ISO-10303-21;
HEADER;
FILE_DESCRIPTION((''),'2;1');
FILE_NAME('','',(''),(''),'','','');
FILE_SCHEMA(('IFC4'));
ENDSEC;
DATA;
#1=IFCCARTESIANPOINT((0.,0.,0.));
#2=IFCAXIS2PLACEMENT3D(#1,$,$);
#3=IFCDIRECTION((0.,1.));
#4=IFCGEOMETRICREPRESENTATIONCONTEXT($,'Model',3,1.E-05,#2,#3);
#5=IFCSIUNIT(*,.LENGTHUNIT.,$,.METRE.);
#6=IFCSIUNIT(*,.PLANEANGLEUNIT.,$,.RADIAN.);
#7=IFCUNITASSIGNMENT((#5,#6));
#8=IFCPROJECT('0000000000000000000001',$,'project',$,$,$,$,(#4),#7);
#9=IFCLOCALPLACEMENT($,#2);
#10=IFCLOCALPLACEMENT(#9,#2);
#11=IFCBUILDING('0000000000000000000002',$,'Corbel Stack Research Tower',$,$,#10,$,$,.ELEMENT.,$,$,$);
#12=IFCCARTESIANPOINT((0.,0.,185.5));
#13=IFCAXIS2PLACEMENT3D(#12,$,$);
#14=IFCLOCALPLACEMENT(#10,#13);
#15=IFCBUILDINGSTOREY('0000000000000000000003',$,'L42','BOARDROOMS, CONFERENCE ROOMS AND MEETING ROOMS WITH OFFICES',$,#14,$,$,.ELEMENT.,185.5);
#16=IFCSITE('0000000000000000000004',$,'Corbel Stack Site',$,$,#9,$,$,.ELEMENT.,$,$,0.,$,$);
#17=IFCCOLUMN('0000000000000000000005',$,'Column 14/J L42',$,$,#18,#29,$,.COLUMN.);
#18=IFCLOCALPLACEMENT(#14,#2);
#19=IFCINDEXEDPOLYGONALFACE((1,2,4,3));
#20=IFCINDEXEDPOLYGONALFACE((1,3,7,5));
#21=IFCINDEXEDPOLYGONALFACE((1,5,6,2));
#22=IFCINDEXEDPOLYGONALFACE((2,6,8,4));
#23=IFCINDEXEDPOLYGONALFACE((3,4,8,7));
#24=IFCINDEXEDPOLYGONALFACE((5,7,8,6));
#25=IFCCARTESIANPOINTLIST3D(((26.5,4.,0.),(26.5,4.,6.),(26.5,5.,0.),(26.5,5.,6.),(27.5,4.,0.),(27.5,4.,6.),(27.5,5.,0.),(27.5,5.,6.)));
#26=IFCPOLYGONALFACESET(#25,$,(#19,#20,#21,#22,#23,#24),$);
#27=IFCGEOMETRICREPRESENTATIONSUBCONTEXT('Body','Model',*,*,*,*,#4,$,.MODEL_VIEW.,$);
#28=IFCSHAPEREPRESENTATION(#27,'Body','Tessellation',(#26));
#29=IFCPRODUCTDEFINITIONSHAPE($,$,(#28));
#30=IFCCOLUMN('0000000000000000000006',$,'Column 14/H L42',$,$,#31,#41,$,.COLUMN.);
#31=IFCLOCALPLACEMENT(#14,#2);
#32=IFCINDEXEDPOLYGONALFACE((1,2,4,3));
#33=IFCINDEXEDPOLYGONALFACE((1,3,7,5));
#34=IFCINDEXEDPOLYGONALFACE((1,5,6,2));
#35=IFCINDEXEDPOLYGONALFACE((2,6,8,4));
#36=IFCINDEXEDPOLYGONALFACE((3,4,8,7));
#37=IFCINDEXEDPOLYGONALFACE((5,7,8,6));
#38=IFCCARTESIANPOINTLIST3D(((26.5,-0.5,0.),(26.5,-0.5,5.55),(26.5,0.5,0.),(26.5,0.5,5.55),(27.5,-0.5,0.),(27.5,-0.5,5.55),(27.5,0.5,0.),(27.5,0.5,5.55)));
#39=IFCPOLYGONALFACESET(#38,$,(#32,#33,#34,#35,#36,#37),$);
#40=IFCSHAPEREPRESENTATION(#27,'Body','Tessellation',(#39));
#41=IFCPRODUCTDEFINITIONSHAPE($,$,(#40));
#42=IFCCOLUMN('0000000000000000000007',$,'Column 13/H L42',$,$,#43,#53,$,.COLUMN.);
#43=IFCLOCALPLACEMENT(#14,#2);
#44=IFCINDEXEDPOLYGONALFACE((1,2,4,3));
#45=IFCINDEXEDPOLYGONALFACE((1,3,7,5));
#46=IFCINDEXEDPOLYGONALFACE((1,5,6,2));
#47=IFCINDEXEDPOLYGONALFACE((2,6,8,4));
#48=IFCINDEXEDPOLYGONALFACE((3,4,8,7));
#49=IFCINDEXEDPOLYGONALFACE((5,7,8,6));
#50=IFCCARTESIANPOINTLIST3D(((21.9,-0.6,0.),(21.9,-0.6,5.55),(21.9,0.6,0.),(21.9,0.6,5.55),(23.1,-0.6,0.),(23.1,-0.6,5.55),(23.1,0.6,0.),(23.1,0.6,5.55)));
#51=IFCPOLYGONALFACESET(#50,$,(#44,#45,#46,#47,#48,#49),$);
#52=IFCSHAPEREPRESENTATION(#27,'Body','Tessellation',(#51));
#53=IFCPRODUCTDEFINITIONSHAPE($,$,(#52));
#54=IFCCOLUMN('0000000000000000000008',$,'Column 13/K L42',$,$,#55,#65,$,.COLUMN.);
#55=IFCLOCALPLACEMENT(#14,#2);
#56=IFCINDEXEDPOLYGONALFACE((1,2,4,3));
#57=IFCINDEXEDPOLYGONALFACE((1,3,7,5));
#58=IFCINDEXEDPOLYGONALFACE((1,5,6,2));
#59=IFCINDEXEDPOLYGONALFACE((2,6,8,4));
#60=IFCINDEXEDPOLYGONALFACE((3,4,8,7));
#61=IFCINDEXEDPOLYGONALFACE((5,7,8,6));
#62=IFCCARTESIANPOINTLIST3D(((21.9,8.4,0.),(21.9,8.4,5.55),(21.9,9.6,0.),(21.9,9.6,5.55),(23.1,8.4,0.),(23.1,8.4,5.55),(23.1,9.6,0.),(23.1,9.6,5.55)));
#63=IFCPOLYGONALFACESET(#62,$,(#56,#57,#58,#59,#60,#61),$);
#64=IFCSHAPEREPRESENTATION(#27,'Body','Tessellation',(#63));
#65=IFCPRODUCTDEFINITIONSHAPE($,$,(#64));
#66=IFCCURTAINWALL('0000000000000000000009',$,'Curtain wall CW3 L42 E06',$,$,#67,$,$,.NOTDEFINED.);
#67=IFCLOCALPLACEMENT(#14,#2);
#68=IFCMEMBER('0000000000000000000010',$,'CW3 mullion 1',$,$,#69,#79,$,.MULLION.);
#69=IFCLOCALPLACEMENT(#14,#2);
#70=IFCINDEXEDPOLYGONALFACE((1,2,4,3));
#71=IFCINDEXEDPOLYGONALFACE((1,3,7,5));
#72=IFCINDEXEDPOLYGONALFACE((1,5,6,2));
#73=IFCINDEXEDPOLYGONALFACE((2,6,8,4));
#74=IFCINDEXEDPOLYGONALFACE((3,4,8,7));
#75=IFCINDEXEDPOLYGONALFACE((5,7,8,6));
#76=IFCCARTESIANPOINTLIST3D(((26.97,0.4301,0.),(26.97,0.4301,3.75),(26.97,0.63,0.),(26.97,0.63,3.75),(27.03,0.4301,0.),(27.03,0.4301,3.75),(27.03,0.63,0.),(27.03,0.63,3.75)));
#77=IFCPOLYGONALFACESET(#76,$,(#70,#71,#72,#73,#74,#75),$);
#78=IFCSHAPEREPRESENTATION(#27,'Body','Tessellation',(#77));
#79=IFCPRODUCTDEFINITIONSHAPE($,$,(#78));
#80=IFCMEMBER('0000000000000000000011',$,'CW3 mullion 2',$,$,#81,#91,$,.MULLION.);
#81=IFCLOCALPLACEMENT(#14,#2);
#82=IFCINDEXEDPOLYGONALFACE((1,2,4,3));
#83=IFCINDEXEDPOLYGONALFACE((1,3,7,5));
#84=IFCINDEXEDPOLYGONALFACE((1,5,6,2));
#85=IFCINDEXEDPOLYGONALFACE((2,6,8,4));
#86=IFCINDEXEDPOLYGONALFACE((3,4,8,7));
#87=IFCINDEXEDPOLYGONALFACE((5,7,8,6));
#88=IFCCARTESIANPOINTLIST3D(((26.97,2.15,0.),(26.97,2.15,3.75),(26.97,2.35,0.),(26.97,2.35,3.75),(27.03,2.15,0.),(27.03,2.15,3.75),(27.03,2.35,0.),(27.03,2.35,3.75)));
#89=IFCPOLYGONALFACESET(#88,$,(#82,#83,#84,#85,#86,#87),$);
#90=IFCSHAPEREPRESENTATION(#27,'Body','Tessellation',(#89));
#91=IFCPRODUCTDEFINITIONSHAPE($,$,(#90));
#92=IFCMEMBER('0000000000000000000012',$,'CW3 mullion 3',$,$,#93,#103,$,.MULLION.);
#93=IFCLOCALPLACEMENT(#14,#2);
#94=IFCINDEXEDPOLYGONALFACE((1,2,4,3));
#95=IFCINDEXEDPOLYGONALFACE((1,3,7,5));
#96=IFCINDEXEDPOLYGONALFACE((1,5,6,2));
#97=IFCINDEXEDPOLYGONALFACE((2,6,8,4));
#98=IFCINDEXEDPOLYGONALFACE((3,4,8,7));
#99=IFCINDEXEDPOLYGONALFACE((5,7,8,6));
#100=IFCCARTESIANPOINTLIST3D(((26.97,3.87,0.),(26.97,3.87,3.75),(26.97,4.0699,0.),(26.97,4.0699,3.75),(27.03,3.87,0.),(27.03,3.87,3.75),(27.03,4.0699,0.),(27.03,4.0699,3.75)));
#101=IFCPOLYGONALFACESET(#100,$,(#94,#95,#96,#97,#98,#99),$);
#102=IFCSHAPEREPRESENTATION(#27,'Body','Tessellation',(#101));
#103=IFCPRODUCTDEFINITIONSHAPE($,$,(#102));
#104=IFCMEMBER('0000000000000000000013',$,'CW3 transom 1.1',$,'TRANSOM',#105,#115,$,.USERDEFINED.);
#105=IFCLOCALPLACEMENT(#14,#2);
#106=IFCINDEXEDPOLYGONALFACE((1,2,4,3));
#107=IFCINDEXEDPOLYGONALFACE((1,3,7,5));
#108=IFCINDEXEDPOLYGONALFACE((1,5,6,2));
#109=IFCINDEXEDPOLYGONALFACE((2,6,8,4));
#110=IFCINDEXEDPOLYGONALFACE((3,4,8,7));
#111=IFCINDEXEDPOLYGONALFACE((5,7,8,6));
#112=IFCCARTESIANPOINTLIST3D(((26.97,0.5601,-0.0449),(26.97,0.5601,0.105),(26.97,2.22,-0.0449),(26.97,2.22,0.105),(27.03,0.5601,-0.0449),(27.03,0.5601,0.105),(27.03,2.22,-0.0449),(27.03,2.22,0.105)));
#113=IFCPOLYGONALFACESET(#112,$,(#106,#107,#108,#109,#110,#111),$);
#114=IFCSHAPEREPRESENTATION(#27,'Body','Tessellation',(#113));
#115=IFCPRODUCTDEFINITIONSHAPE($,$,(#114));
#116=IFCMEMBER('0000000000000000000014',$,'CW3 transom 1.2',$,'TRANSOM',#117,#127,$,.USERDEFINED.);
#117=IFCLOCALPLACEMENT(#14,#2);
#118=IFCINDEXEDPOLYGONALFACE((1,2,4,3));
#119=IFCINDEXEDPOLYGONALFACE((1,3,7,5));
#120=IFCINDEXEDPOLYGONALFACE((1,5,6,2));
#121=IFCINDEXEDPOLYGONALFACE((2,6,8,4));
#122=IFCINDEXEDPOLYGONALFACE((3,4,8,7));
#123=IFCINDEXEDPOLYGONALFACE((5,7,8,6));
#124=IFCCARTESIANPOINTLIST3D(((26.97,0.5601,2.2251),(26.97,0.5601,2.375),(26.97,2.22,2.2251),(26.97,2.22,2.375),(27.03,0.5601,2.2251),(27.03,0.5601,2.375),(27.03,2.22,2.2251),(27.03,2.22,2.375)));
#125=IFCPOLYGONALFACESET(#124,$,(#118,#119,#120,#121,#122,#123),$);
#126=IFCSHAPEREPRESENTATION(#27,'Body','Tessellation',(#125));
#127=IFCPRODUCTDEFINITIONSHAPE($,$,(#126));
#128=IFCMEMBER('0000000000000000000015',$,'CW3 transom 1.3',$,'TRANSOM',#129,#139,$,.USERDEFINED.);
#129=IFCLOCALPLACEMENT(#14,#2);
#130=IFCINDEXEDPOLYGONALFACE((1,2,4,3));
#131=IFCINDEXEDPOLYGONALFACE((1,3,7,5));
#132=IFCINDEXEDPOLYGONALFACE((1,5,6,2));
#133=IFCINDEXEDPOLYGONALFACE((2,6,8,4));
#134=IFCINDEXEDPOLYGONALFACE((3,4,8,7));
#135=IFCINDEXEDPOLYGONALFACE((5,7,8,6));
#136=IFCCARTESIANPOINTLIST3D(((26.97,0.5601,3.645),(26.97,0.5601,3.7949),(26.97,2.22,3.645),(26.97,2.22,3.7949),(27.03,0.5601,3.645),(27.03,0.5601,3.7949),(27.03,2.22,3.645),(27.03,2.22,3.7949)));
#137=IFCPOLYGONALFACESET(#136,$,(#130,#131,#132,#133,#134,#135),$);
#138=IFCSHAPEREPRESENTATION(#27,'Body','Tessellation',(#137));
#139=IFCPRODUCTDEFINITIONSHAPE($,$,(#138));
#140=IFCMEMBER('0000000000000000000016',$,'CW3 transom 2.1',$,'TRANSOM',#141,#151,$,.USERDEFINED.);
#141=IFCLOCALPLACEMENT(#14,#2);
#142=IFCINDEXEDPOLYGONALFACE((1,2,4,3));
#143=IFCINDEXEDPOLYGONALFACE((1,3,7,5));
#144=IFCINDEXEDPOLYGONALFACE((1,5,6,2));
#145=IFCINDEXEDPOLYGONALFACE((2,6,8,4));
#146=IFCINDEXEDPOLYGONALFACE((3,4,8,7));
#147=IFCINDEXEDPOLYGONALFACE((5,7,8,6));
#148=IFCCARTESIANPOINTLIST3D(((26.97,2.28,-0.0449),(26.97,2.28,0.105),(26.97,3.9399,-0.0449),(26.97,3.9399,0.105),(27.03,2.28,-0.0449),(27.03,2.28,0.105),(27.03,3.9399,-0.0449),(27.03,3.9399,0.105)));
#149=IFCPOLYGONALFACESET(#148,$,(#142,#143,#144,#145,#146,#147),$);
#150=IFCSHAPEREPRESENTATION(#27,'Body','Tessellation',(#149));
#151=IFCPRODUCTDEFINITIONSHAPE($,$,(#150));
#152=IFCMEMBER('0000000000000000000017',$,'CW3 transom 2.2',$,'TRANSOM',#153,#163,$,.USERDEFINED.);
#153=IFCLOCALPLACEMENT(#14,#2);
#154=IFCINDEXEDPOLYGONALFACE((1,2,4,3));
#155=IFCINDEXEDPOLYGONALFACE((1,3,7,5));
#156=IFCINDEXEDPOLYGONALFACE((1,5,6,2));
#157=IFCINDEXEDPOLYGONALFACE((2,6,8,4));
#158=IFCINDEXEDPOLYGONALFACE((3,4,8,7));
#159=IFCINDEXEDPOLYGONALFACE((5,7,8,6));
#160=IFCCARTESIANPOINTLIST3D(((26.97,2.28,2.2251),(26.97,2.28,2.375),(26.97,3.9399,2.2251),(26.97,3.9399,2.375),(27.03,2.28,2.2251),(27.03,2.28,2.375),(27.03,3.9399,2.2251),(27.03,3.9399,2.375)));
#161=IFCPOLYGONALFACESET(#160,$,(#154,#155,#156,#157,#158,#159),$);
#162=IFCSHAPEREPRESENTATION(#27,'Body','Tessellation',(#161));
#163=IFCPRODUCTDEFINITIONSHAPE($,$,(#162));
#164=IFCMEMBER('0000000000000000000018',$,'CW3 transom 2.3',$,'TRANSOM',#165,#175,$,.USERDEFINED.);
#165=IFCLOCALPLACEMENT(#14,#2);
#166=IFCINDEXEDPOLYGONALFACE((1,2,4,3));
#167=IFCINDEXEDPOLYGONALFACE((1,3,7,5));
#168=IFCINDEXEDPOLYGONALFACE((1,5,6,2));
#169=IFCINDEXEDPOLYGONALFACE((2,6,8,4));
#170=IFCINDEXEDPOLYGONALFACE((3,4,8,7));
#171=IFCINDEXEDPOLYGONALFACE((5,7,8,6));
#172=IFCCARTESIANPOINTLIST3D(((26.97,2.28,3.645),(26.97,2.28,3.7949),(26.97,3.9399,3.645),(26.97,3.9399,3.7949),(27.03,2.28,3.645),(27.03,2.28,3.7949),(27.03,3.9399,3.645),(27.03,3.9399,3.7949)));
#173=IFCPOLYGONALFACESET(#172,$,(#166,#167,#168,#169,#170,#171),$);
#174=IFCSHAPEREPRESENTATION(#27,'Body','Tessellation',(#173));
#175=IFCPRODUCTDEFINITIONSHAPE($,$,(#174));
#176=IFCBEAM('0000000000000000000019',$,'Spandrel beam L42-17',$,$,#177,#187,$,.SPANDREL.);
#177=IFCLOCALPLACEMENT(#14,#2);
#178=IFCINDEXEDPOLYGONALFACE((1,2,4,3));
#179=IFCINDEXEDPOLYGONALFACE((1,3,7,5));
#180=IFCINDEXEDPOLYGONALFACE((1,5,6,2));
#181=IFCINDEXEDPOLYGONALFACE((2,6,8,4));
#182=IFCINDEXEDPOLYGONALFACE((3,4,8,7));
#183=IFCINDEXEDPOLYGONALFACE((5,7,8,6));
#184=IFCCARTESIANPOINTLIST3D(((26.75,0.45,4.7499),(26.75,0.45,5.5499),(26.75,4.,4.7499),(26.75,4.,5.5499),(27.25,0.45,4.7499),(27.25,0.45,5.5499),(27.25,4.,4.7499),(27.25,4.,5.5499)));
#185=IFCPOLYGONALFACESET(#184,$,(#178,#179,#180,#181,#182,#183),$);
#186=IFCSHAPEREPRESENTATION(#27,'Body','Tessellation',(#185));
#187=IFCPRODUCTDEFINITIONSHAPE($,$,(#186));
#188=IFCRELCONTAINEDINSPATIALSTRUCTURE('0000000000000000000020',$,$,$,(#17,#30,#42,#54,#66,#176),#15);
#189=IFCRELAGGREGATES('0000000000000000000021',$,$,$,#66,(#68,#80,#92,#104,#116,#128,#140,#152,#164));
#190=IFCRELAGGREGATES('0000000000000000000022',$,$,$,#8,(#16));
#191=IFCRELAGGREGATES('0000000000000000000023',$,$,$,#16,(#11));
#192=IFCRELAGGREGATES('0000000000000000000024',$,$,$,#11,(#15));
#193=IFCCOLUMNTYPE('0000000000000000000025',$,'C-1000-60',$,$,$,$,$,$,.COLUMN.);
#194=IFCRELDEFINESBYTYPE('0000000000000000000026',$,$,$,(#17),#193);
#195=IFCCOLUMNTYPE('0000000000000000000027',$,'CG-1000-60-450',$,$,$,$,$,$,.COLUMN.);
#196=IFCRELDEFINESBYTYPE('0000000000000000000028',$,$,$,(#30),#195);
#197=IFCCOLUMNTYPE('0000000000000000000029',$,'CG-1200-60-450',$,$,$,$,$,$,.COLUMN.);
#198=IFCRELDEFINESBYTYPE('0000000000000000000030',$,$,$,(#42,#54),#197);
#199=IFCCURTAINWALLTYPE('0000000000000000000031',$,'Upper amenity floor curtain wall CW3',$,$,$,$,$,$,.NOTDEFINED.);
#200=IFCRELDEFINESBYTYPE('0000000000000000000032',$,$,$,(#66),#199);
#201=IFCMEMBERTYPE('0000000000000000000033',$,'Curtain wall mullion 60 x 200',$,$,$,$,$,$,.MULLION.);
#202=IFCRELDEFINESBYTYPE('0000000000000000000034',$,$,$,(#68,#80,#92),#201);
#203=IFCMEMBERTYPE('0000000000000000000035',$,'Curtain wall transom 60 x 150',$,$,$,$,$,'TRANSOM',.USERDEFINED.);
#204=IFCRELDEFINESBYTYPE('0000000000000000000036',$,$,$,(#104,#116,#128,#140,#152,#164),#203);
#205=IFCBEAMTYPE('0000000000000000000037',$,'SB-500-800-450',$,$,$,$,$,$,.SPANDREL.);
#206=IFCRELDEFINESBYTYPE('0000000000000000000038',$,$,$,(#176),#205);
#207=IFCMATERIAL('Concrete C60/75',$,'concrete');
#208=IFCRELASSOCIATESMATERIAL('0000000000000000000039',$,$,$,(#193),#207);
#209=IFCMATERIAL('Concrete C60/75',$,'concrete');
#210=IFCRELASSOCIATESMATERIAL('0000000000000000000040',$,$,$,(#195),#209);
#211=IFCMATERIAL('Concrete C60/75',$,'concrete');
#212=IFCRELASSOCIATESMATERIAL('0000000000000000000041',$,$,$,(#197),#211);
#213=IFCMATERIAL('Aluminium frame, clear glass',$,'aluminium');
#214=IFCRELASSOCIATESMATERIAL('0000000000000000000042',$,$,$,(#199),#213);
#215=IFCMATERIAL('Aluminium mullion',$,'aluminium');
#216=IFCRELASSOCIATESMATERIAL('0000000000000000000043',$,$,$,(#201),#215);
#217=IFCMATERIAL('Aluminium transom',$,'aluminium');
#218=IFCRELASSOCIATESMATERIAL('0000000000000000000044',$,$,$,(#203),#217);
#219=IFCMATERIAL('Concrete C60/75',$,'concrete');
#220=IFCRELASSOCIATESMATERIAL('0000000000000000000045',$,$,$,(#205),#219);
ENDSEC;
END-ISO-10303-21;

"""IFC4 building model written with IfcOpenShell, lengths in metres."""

from ifc_helpers import new_model, si_unit, direction, frame, origin, origin_2d, place, context, subcontext, project, spatial, rectangle, extrude, material, material_profile, profile_set, type_object, element, aggregate, save


model = new_model("IFC4")

# Units and contexts
model_context = context("Model", 3, precision=1e-05, world=origin(), true_north=direction((0.0, 1.0)))
body_context = subcontext(model_context, "Body", "Model", "MODEL_VIEW")
ifc_project = project(units=[si_unit("LENGTHUNIT", "METRE"), si_unit("PLANEANGLEUNIT", "RADIAN")], contexts=[model_context])

# Site, building, storey
site_placement = place(None, origin())
site = spatial("IfcSite", under=ifc_project, at=site_placement, Name="Corbel Stack Site", CompositionType="ELEMENT", RefElevation=0.0)
building_placement = place(site_placement, origin())
building = spatial("IfcBuilding", under=site, at=building_placement, Name="Corbel Stack Research Tower", CompositionType="ELEMENT")
storey_placement = place(building_placement, frame((0.0, 0.0, 185.5)))
storey = spatial("IfcBuildingStorey", under=building, at=storey_placement, Name="L42", Description="BOARDROOMS, CONFERENCE ROOMS AND MEETING ROOMS WITH OFFICES", CompositionType="ELEMENT", Elevation=185.5)

# Columns
ifc_material_1 = material(Name="Concrete C60/75", Category="concrete")
ifc_material_profile_1 = material_profile(ifc_material_1, rectangle(XDim=1.0, YDim=1.0, at=origin_2d()), Name="RC 1000 x 1000")
ifc_profile_set_1 = profile_set([ifc_material_profile_1], Name="Concrete C60/75")
column_type_1 = type_object("IfcColumnType", Name="C-1000-60", PredefinedType="COLUMN", material=ifc_profile_set_1)
column_1_placement = place(storey_placement, frame((27.0, 4.5, 0.0), z_axis=(0.0, 0.0, 1.0), x_axis=(1.0, 0.0, 0.0)))
element("IfcColumn", 1, at=column_1_placement, inside=storey, type_object=column_type_1, Name="Column 14/J L42", PredefinedType="COLUMN", context=body_context, shape_type="SweptSolid", body=[
    extrude(rectangle(XDim=1.0, YDim=1.0, at=origin_2d()), origin(), (0.0, 0.0, 1.0), 6.0),
])
ifc_material_2 = material(Name="Concrete C60/75", Category="concrete")
ifc_material_profile_2 = material_profile(ifc_material_2, rectangle(XDim=1.0, YDim=1.0, at=origin_2d()), Name="RC 1000 x 1000")
ifc_profile_set_2 = profile_set([ifc_material_profile_2], Name="Concrete C60/75")
column_type_2 = type_object("IfcColumnType", Name="CG-1000-60-450", PredefinedType="COLUMN", material=ifc_profile_set_2)
column_2_placement = place(storey_placement, frame((27.0, 0.0, 0.0), z_axis=(0.0, 0.0, 1.0), x_axis=(1.0, 0.0, 0.0)))
element("IfcColumn", 2, at=column_2_placement, inside=storey, type_object=column_type_2, Name="Column 14/H L42", PredefinedType="COLUMN", context=body_context, shape_type="SweptSolid", body=[
    extrude(rectangle(XDim=1.0, YDim=1.0, at=origin_2d()), origin(), (0.0, 0.0, 1.0), 5.55),
])
ifc_material_3 = material(Name="Concrete C60/75", Category="concrete")
ifc_material_profile_3 = material_profile(ifc_material_3, rectangle(XDim=1.2, YDim=1.2, at=origin_2d()), Name="RC 1200 x 1200")
ifc_profile_set_3 = profile_set([ifc_material_profile_3], Name="Concrete C60/75")
column_type_3 = type_object("IfcColumnType", Name="CG-1200-60-450", PredefinedType="COLUMN", material=ifc_profile_set_3)
for number, where, z_axis, x_axis, name in (
    (3, (22.5, 0.0, 0.0), (0.0, 0.0, 1.0), (1.0, 0.0, 0.0), "Column 13/H L42"),
    (4, (22.5, 9.0, 0.0), (0.0, 0.0, 1.0), (1.0, 0.0, 0.0), "Column 13/K L42"),
):
    element("IfcColumn", number, at=place(storey_placement, frame(where, z_axis=z_axis, x_axis=x_axis)), inside=storey, type_object=column_type_3, Name=name, PredefinedType="COLUMN", context=body_context, shape_type="SweptSolid", body=[
        extrude(rectangle(XDim=1.2, YDim=1.2, at=origin_2d()), origin(), (0.0, 0.0, 1.0), 5.55),
    ])

# Curtain wall, members
ifc_material_4 = material(Name="Aluminium frame, clear glass", Category="aluminium")
curtain_wall_type = type_object("IfcCurtainWallType", Name="Upper amenity floor curtain wall CW3", PredefinedType="NOTDEFINED", material=ifc_material_4)
curtain_wall_placement = place(storey_placement, origin())
curtain_wall = element("IfcCurtainWall", 5, at=curtain_wall_placement, inside=storey, type_object=curtain_wall_type, Name="Curtain wall CW3 L42 E06", PredefinedType="NOTDEFINED")
ifc_material_5 = material(Name="Aluminium mullion", Category="aluminium")
ifc_material_profile_4 = material_profile(ifc_material_5, rectangle(XDim=0.0601, YDim=0.2, at=origin_2d()), Name="Mullion 60 x 200")
ifc_profile_set_4 = profile_set([ifc_material_profile_4], Name="Aluminium mullion")
member_type_1 = type_object("IfcMemberType", Name="Curtain wall mullion 60 x 200", PredefinedType="MULLION", material=ifc_profile_set_4)
member_1_placement = place(storey_placement, frame((27.0, 0.53, 0.0), z_axis=(0.0, 0.0, 1.0), x_axis=(-1.0, 0.0, 0.0)))
member_1 = element("IfcMember", 6, at=member_1_placement, type_object=member_type_1, Name="CW3 mullion 1", PredefinedType="MULLION", context=body_context, shape_type="SweptSolid", body=[
    extrude(rectangle(XDim=0.0601, YDim=0.2, at=origin_2d()), origin(), (0.0, 0.0, 1.0), 3.75),
])
member_2_placement = place(storey_placement, frame((27.0, 2.25, 0.0), z_axis=(0.0, 0.0, 1.0), x_axis=(-1.0, 0.0, 0.0)))
member_2 = element("IfcMember", 7, at=member_2_placement, type_object=member_type_1, Name="CW3 mullion 2", PredefinedType="MULLION", context=body_context, shape_type="SweptSolid", body=[
    extrude(rectangle(XDim=0.0601, YDim=0.2, at=origin_2d()), origin(), (0.0, 0.0, 1.0), 3.75),
])
member_3_placement = place(storey_placement, frame((27.0, 3.97, 0.0), z_axis=(0.0, 0.0, 1.0), x_axis=(-1.0, 0.0, 0.0)))
member_3 = element("IfcMember", 8, at=member_3_placement, type_object=member_type_1, Name="CW3 mullion 3", PredefinedType="MULLION", context=body_context, shape_type="SweptSolid", body=[
    extrude(rectangle(XDim=0.0601, YDim=0.2, at=origin_2d()), origin(), (0.0, 0.0, 1.0), 3.75),
])
ifc_material_6 = material(Name="Aluminium transom", Category="aluminium")
ifc_material_profile_5 = material_profile(ifc_material_6, rectangle(XDim=0.0601, YDim=0.1499, at=origin_2d()), Name="Transom 60 x 150")
ifc_profile_set_5 = profile_set([ifc_material_profile_5], Name="Aluminium transom")
member_type_2 = type_object("IfcMemberType", Name="Curtain wall transom 60 x 150", ElementType="TRANSOM", PredefinedType="USERDEFINED", material=ifc_profile_set_5)
member_4_placement = place(storey_placement, frame((27.0, 0.5601, 0.03), z_axis=(0.0, 1.0, 0.0), x_axis=(-1.0, 0.0, 0.0)))
member_4 = element("IfcMember", 9, at=member_4_placement, type_object=member_type_2, Name="CW3 transom 1.1", ObjectType="TRANSOM", PredefinedType="USERDEFINED", context=body_context, shape_type="SweptSolid", body=[
    extrude(rectangle(XDim=0.0601, YDim=0.1499, at=origin_2d()), origin(), (0.0, 0.0, 1.0), 1.6599),
])
member_5_placement = place(storey_placement, frame((27.0, 0.5601, 2.3), z_axis=(0.0, 1.0, 0.0), x_axis=(-1.0, 0.0, 0.0)))
member_5 = element("IfcMember", 10, at=member_5_placement, type_object=member_type_2, Name="CW3 transom 1.2", ObjectType="TRANSOM", PredefinedType="USERDEFINED", context=body_context, shape_type="SweptSolid", body=[
    extrude(rectangle(XDim=0.0601, YDim=0.1499, at=origin_2d()), origin(), (0.0, 0.0, 1.0), 1.6599),
])
member_6_placement = place(storey_placement, frame((27.0, 0.5601, 3.72), z_axis=(0.0, 1.0, 0.0), x_axis=(-1.0, 0.0, 0.0)))
member_6 = element("IfcMember", 11, at=member_6_placement, type_object=member_type_2, Name="CW3 transom 1.3", ObjectType="TRANSOM", PredefinedType="USERDEFINED", context=body_context, shape_type="SweptSolid", body=[
    extrude(rectangle(XDim=0.0601, YDim=0.1499, at=origin_2d()), origin(), (0.0, 0.0, 1.0), 1.6599),
])
member_7_placement = place(storey_placement, frame((27.0, 2.28, 0.03), z_axis=(0.0, 1.0, 0.0), x_axis=(-1.0, 0.0, 0.0)))
member_7 = element("IfcMember", 12, at=member_7_placement, type_object=member_type_2, Name="CW3 transom 2.1", ObjectType="TRANSOM", PredefinedType="USERDEFINED", context=body_context, shape_type="SweptSolid", body=[
    extrude(rectangle(XDim=0.0601, YDim=0.1499, at=origin_2d()), origin(), (0.0, 0.0, 1.0), 1.6599),
])
member_8_placement = place(storey_placement, frame((27.0, 2.28, 2.3), z_axis=(0.0, 1.0, 0.0), x_axis=(-1.0, 0.0, 0.0)))
member_8 = element("IfcMember", 13, at=member_8_placement, type_object=member_type_2, Name="CW3 transom 2.2", ObjectType="TRANSOM", PredefinedType="USERDEFINED", context=body_context, shape_type="SweptSolid", body=[
    extrude(rectangle(XDim=0.0601, YDim=0.1499, at=origin_2d()), origin(), (0.0, 0.0, 1.0), 1.6599),
])
member_9_placement = place(storey_placement, frame((27.0, 2.28, 3.72), z_axis=(0.0, 1.0, 0.0), x_axis=(-1.0, 0.0, 0.0)))
member_9 = element("IfcMember", 14, at=member_9_placement, type_object=member_type_2, Name="CW3 transom 2.3", ObjectType="TRANSOM", PredefinedType="USERDEFINED", context=body_context, shape_type="SweptSolid", body=[
    extrude(rectangle(XDim=0.0601, YDim=0.1499, at=origin_2d()), origin(), (0.0, 0.0, 1.0), 1.6599),
])

# Beam
ifc_material_7 = material(Name="Concrete C60/75", Category="concrete")
ifc_material_profile_6 = material_profile(ifc_material_7, rectangle(XDim=0.5, YDim=0.8, at=origin_2d()), Name="RC 500 x 800")
ifc_profile_set_6 = profile_set([ifc_material_profile_6], Name="Concrete C60/75")
beam_type_1 = type_object("IfcBeamType", Name="SB-500-800-450", PredefinedType="SPANDREL", material=ifc_profile_set_6)
for number, where, z_axis, x_axis, name in (
    (15, (27.0, 0.45, 5.1499), (0.0, 1.0, 0.0), (-1.0, 0.0, 0.0), "Spandrel beam L42-17"),
):
    element("IfcBeam", number, at=place(storey_placement, frame(where, z_axis=z_axis, x_axis=x_axis)), inside=storey, type_object=beam_type_1, Name=name, PredefinedType="SPANDREL", context=body_context, shape_type="SweptSolid", body=[
        extrude(rectangle(XDim=0.5, YDim=0.8, at=origin_2d()), origin(), (0.0, 0.0, 1.0), 3.55),
    ])

aggregate(curtain_wall, [member_1, member_2, member_3, member_4, member_5, member_6, member_7, member_8, member_9])

save(model, "model.ifc")
